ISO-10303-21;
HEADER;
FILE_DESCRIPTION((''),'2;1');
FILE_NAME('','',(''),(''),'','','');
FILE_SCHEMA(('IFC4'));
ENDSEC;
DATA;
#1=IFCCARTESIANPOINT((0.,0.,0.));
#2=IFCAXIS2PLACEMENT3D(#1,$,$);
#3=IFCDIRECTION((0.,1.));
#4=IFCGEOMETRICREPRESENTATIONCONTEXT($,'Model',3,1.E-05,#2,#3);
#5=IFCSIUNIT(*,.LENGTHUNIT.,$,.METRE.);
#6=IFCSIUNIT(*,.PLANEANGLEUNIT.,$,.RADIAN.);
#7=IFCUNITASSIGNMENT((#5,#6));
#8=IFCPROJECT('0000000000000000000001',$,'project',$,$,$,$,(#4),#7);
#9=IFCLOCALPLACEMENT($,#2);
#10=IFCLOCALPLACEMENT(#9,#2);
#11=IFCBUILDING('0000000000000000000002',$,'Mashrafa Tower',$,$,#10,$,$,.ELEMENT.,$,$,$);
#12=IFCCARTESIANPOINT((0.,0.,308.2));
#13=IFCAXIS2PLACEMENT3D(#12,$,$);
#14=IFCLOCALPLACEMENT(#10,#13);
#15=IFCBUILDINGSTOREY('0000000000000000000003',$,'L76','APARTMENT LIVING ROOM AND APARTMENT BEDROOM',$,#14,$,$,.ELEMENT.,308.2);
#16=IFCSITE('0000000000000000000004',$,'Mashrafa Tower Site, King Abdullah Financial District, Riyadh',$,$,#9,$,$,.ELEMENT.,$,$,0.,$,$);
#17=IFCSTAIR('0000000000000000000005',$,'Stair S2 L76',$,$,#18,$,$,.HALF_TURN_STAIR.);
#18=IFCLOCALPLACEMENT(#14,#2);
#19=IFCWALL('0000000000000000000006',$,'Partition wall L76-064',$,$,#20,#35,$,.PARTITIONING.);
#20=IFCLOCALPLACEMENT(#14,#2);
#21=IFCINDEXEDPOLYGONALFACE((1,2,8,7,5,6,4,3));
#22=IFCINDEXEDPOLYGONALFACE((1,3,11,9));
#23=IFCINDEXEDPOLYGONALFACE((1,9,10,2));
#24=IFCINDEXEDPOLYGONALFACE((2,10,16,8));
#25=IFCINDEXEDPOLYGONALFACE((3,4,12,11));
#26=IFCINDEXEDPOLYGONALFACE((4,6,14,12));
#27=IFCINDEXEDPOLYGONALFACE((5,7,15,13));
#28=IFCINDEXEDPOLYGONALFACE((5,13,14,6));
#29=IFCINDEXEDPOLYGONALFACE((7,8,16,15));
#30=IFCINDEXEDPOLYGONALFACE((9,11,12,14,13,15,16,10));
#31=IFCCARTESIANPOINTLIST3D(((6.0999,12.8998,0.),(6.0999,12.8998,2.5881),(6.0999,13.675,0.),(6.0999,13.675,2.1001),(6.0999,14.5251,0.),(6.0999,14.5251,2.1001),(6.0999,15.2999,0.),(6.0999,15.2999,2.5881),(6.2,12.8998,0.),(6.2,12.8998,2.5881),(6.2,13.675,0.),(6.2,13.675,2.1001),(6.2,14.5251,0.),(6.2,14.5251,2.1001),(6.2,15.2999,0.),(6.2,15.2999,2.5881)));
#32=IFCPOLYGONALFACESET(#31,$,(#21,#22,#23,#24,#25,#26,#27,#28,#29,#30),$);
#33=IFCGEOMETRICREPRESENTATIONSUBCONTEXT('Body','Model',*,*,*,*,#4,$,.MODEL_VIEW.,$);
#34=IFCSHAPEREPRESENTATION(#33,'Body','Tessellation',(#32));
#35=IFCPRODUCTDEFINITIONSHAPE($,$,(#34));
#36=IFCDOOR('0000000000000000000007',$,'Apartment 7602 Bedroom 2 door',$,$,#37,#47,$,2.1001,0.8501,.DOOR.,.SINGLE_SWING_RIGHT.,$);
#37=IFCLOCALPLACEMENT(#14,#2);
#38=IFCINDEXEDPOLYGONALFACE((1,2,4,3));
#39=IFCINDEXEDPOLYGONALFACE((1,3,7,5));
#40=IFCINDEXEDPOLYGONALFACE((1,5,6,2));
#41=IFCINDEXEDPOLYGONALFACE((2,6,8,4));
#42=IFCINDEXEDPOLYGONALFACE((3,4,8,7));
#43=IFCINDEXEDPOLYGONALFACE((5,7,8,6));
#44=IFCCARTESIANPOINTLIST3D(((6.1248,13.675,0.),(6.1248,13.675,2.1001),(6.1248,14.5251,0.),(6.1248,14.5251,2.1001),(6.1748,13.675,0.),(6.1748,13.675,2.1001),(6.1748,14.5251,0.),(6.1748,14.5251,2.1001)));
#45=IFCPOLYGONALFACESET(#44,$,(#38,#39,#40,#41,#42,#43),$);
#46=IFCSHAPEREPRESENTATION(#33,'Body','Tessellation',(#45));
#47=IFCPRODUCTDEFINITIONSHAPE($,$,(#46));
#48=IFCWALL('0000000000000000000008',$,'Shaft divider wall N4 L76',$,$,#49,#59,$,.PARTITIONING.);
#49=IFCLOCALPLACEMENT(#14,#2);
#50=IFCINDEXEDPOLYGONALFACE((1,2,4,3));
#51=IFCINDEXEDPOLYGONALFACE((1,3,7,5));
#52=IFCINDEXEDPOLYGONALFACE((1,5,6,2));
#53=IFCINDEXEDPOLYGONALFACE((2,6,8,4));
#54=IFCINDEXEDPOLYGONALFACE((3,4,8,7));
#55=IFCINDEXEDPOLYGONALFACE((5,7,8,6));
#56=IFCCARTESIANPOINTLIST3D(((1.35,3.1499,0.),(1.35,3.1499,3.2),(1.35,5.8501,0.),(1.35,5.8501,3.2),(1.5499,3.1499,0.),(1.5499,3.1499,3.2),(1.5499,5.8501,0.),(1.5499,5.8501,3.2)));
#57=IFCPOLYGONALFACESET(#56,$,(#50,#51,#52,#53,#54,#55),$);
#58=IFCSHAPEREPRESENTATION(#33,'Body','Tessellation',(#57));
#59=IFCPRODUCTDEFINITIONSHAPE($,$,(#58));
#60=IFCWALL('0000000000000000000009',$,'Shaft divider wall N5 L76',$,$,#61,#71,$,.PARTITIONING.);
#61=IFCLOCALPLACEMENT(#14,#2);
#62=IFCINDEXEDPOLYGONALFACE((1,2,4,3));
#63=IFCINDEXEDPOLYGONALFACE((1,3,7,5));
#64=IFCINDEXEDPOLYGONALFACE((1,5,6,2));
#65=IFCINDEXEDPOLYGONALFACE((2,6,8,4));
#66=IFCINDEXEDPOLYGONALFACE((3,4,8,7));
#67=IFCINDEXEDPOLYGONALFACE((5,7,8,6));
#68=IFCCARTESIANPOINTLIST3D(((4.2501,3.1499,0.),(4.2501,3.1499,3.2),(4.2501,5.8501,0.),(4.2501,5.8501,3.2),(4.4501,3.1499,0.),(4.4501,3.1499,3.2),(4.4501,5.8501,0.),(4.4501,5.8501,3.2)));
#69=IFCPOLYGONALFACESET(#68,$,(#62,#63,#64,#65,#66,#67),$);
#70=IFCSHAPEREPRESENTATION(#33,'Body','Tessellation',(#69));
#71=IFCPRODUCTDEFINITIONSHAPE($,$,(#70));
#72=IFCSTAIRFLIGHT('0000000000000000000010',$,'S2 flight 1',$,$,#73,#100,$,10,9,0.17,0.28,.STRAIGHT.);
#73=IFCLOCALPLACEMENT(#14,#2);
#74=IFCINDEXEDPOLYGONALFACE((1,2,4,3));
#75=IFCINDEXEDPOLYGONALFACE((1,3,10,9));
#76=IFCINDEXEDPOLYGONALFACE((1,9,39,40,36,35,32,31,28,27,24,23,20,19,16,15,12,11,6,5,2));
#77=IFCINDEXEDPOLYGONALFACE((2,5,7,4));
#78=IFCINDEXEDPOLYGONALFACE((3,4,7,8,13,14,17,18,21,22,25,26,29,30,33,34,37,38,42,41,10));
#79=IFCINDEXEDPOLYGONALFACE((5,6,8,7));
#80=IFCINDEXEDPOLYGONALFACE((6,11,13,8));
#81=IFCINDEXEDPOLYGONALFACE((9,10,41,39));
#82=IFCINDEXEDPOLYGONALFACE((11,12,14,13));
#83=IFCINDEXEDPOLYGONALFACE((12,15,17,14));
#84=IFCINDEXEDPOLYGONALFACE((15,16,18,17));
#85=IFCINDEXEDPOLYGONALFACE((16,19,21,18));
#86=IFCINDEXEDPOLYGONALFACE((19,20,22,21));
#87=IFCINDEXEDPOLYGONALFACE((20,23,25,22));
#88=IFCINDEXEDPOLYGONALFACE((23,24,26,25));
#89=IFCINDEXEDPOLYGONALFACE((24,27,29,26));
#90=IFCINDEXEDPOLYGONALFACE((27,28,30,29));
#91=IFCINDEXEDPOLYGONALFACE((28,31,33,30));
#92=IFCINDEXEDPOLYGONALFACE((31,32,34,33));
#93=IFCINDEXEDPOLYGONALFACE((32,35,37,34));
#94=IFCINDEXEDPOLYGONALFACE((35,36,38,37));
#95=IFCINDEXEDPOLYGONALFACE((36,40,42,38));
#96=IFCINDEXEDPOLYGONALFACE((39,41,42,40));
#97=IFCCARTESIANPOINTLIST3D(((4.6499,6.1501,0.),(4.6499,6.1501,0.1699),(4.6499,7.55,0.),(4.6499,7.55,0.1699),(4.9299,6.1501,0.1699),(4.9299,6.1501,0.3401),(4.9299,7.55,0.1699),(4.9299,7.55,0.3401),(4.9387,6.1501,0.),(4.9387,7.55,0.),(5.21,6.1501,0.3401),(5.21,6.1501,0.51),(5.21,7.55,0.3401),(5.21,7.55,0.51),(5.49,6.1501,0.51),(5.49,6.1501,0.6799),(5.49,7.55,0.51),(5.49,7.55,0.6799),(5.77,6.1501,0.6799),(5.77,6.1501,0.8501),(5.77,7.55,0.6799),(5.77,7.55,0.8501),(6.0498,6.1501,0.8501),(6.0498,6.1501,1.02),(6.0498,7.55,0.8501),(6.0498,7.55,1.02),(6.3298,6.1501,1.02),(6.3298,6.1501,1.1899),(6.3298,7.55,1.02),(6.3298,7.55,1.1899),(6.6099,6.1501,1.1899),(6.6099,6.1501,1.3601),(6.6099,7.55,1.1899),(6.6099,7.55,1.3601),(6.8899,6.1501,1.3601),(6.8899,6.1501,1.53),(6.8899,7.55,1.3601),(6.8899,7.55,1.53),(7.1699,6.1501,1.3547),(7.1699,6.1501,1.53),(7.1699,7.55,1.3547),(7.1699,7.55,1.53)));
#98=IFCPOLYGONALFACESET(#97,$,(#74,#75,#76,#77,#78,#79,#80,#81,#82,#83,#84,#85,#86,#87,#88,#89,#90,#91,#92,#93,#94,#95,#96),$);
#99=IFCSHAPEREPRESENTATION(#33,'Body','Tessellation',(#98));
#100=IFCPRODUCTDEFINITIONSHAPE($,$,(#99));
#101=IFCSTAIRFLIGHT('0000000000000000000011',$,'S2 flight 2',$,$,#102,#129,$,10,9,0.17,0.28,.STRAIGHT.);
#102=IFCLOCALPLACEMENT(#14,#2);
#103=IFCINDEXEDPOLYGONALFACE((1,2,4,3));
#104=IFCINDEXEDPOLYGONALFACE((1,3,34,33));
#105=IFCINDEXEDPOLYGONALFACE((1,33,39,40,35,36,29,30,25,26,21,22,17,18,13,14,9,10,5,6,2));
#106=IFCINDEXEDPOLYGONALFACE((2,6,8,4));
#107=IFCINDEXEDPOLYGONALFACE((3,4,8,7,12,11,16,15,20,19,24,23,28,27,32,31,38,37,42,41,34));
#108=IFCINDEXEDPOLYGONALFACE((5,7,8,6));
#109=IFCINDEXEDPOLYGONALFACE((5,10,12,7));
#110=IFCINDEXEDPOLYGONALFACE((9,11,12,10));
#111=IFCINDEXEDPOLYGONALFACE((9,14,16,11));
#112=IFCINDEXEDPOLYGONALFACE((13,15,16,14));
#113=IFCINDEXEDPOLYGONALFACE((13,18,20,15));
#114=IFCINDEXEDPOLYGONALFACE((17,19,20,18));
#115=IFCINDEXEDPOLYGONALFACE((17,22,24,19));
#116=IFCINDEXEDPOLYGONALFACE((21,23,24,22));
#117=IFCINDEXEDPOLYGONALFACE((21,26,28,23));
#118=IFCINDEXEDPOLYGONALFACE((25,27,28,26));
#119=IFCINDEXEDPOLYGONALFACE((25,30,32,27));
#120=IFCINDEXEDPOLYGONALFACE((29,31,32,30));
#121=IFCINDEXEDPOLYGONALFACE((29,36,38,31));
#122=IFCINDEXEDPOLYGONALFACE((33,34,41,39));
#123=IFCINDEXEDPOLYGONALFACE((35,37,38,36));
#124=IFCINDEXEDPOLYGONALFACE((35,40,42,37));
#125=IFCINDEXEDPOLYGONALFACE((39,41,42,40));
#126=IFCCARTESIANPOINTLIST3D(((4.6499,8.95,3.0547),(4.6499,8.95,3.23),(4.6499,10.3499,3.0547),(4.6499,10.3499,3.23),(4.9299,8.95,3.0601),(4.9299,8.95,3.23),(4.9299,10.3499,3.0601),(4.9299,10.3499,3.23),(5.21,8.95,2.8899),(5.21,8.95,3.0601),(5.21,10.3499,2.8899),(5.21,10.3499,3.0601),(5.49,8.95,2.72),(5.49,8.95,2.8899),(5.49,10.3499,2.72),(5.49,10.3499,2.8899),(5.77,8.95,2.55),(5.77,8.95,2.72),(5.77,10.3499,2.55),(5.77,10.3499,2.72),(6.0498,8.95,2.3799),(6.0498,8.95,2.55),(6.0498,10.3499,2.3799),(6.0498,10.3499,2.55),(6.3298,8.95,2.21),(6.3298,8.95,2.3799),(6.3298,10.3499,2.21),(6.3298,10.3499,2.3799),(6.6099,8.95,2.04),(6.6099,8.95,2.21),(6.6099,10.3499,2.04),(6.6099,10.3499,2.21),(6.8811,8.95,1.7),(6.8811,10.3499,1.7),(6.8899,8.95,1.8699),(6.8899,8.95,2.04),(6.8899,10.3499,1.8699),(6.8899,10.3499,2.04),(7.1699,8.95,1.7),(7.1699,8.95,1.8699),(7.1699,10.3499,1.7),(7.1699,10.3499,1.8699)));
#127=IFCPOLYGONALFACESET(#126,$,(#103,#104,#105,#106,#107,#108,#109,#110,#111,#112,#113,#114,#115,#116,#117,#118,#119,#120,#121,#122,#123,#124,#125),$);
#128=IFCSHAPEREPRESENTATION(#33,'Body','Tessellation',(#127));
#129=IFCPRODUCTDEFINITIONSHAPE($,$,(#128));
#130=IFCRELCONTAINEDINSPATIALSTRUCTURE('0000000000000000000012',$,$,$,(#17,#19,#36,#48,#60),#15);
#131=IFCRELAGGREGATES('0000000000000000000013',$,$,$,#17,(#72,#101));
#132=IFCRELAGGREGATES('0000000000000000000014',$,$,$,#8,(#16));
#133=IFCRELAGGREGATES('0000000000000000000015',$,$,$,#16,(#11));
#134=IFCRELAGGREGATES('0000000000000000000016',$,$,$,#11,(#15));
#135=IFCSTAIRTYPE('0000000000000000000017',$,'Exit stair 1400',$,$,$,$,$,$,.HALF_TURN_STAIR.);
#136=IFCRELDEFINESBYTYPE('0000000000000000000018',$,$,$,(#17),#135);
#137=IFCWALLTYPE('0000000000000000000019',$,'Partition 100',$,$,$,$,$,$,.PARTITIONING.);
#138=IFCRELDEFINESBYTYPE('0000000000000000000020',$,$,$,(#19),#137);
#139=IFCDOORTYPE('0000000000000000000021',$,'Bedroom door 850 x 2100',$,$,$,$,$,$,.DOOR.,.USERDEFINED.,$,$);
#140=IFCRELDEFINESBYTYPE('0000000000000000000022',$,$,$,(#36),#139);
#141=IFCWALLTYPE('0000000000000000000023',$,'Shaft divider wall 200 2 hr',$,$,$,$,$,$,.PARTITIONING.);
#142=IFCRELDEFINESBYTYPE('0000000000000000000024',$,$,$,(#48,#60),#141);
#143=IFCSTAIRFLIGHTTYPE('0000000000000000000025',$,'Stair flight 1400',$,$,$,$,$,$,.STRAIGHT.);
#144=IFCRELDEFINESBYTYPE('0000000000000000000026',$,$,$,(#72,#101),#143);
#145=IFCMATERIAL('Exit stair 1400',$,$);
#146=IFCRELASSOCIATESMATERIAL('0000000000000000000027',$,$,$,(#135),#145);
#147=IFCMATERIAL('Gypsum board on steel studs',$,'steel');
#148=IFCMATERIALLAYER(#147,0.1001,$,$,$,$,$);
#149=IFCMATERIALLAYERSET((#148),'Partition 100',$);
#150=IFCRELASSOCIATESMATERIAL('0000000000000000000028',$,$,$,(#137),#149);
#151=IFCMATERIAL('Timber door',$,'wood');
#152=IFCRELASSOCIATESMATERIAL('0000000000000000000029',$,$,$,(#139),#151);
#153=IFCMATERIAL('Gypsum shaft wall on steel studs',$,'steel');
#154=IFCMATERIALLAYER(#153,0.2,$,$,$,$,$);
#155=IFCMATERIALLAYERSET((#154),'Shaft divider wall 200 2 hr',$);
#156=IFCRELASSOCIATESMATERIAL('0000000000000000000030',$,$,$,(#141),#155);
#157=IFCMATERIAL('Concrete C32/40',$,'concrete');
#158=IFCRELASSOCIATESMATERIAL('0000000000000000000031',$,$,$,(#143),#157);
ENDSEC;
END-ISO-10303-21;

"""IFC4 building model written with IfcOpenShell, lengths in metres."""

from ifc_helpers import new_model, si_unit, direction, frame, frame_2d, origin, place, context, subcontext, project, spatial, polyline, rectangle, outline, extrude, material, layer, layer_set, type_object, element, fill, aggregate, save


model = new_model("IFC4")

# Units and contexts
model_context = context("Model", 3, precision=1e-05, world=origin(), true_north=direction((0.0, 1.0)))
body_context = subcontext(model_context, "Body", "Model", "MODEL_VIEW")
ifc_project = project(units=[si_unit("LENGTHUNIT", "METRE"), si_unit("PLANEANGLEUNIT", "RADIAN")], contexts=[model_context])

# Site, building, storey
site_placement = place(None, origin())
site = spatial("IfcSite", under=ifc_project, at=site_placement, Name="Mashrafa Tower Site, King Abdullah Financial District, Riyadh", CompositionType="ELEMENT", RefElevation=0.0)
building_placement = place(site_placement, origin())
building = spatial("IfcBuilding", under=site, at=building_placement, Name="Mashrafa Tower", CompositionType="ELEMENT")
storey_placement = place(building_placement, frame((0.0, 0.0, 308.2)))
storey = spatial("IfcBuildingStorey", under=building, at=storey_placement, Name="L76", Description="APARTMENT LIVING ROOM AND APARTMENT BEDROOM", CompositionType="ELEMENT", Elevation=308.2)

# Stair
ifc_material_1 = material(Name="Exit stair 1400")
stair_type = type_object("IfcStairType", Name="Exit stair 1400", PredefinedType="HALF_TURN_STAIR", material=ifc_material_1)
stair_1_placement = place(storey_placement, origin())
stair_1 = element("IfcStair", 1, at=stair_1_placement, inside=storey, type_object=stair_type, Name="Stair S2 L76", PredefinedType="HALF_TURN_STAIR")

# Shared definitions
ifc_material_2 = material(Name="Gypsum board on steel studs", Category="steel")
ifc_layer_1 = layer(ifc_material_2, 0.1001)
ifc_layer_set_1 = layer_set([ifc_layer_1], Name="Partition 100")
wall_type_1 = type_object("IfcWallType", Name="Partition 100", PredefinedType="PARTITIONING", material=ifc_layer_set_1)

# Shared definitions
ifc_material_3 = material(Name="Timber door", Category="wood")
door_type_1 = type_object("IfcDoorType", Name="Bedroom door 850 x 2100", OperationType="USERDEFINED", PredefinedType="DOOR", material=ifc_material_3)

# Wall, opening, door
wall_1_placement = place(storey_placement, frame((6.1499, 15.3, 0.0), z_axis=(0.0, 0.0, 1.0), x_axis=(0.0, -1.0, 0.0)))
wall_1 = element("IfcWall", 2, at=wall_1_placement, inside=storey, type_object=wall_type_1, Name="Partition wall L76-064", PredefinedType="PARTITIONING", context=body_context, shape_type="SweptSolid", body=[
    extrude(rectangle(XDim=2.4001, YDim=0.1001, at=frame_2d((1.2002, 0.0))), origin(), (0.0, 0.0, 1.0), 2.5881),
])
opening_1_placement = place(wall_1_placement, frame((0.7749, 0.0, 0.0)))
opening_1 = element("IfcOpeningElement", 3, at=opening_1_placement, cuts=wall_1, PredefinedType="OPENING", context=body_context, shape_type="SweptSolid", body=[
    extrude(rectangle(XDim=0.8501, YDim=2.1001, at=frame_2d((0.425, 1.05))), frame((0.0, 0.0601, 0.0), z_axis=(0.0, -1.0, 0.0), x_axis=(1.0, 0.0, 0.0)), (0.0, 0.0, 1.0), 0.1201),
])
door_1_placement = place(opening_1_placement, origin())
door_1 = element("IfcDoor", 4, at=door_1_placement, inside=storey, type_object=door_type_1, Name="Apartment 7602 Bedroom 2 door", OperationType="SINGLE_SWING_RIGHT", OverallHeight=2.1001, OverallWidth=0.8501, PredefinedType="DOOR", context=body_context, shape_type="SweptSolid", body=[
    extrude(rectangle(XDim=0.8501, YDim=2.1001, at=frame_2d((0.425, 1.05))), frame((0.0, 0.0249, 0.0), z_axis=(0.0, -1.0, 0.0), x_axis=(1.0, 0.0, 0.0)), (0.0, 0.0, 1.0), 0.05),
])
fill(opening_1, door_1)

# Walls
ifc_material_4 = material(Name="Gypsum shaft wall on steel studs", Category="steel")
ifc_layer_2 = layer(ifc_material_4, 0.2)
ifc_layer_set_2 = layer_set([ifc_layer_2], Name="Shaft divider wall 200 2 hr")
wall_type_2 = type_object("IfcWallType", Name="Shaft divider wall 200 2 hr", PredefinedType="PARTITIONING", material=ifc_layer_set_2)
for number, where, z_axis, x_axis, name in (
    (5, (1.45, 3.1499, 0.0), (0.0, 0.0, 1.0), (0.0, 1.0, 0.0), "Shaft divider wall N4 L76"),
    (6, (4.3501, 3.1499, 0.0), (0.0, 0.0, 1.0), (0.0, 1.0, 0.0), "Shaft divider wall N5 L76"),
):
    element("IfcWall", number, at=place(storey_placement, frame(where, z_axis=z_axis, x_axis=x_axis)), inside=storey, type_object=wall_type_2, Name=name, PredefinedType="PARTITIONING", context=body_context, shape_type="SweptSolid", body=[
        extrude(rectangle(XDim=2.7002, YDim=0.2, at=frame_2d((1.3501, 0.0))), origin(), (0.0, 0.0, 1.0), 3.2),
    ])

# Stair flights
ifc_material_5 = material(Name="Concrete C32/40", Category="concrete")
stair_flight_type = type_object("IfcStairFlightType", Name="Stair flight 1400", PredefinedType="STRAIGHT", material=ifc_material_5)
stair_flight_1_placement = place(storey_placement, frame((4.6499, 6.8501, 0.0), z_axis=(0.0, 0.0, 1.0), x_axis=(1.0, 0.0, 0.0)))
stair_flight_1 = element("IfcStairFlight", 7, at=stair_flight_1_placement, type_object=stair_flight_type, Name="S2 flight 1", NumberOfRisers=10, NumberOfTreads=9, PredefinedType="STRAIGHT", RiserHeight=0.17, TreadLength=0.28, context=body_context, shape_type="SweptSolid", body=[
    extrude(outline(polyline([(0.0, 0.0), (0.0, 0.1699), (0.28, 0.1699), (0.28, 0.3401), (0.5601, 0.3401), (0.5601, 0.51), (0.8401, 0.51), (0.8401, 0.6799), (1.1201, 0.6799), (1.1201, 0.8501), (1.3999, 0.8501), (1.3999, 1.02), (1.6799, 1.02), (1.6799, 1.1899), (1.96, 1.1899), (1.96, 1.3601), (2.24, 1.3601), (2.24, 1.53), (2.52, 1.53), (2.52, 1.7), (2.52, 1.3547), (0.2888, 0.0), (0.0, 0.0)])), frame((0.0, 0.7, 0.0), z_axis=(0.0, -1.0, 0.0), x_axis=(1.0, 0.0, 0.0)), (0.0, 0.0, 1.0), 1.3999),
])
stair_flight_2_placement = place(storey_placement, frame((7.1699, 9.6499, 1.7), z_axis=(0.0, 0.0, 1.0), x_axis=(-1.0, 0.0, 0.0)))
stair_flight_2 = element("IfcStairFlight", 8, at=stair_flight_2_placement, type_object=stair_flight_type, Name="S2 flight 2", NumberOfRisers=10, NumberOfTreads=9, PredefinedType="STRAIGHT", RiserHeight=0.17, TreadLength=0.28, context=body_context, shape_type="SweptSolid", body=[
    extrude(outline(polyline([(0.0, 0.0), (0.0, 0.1699), (0.28, 0.1699), (0.28, 0.3401), (0.5601, 0.3401), (0.5601, 0.51), (0.8401, 0.51), (0.8401, 0.6799), (1.1201, 0.6799), (1.1201, 0.8501), (1.3999, 0.8501), (1.3999, 1.02), (1.6799, 1.02), (1.6799, 1.1899), (1.96, 1.1899), (1.96, 1.3601), (2.24, 1.3601), (2.24, 1.53), (2.52, 1.53), (2.52, 1.7), (2.52, 1.3547), (0.2888, 0.0), (0.0, 0.0)])), frame((0.0, 0.7, 0.0), z_axis=(0.0, -1.0, 0.0), x_axis=(1.0, 0.0, 0.0)), (0.0, 0.0, 1.0), 1.3999),
])
aggregate(stair_1, [stair_flight_1, stair_flight_2])

save(model, "model.ifc")
